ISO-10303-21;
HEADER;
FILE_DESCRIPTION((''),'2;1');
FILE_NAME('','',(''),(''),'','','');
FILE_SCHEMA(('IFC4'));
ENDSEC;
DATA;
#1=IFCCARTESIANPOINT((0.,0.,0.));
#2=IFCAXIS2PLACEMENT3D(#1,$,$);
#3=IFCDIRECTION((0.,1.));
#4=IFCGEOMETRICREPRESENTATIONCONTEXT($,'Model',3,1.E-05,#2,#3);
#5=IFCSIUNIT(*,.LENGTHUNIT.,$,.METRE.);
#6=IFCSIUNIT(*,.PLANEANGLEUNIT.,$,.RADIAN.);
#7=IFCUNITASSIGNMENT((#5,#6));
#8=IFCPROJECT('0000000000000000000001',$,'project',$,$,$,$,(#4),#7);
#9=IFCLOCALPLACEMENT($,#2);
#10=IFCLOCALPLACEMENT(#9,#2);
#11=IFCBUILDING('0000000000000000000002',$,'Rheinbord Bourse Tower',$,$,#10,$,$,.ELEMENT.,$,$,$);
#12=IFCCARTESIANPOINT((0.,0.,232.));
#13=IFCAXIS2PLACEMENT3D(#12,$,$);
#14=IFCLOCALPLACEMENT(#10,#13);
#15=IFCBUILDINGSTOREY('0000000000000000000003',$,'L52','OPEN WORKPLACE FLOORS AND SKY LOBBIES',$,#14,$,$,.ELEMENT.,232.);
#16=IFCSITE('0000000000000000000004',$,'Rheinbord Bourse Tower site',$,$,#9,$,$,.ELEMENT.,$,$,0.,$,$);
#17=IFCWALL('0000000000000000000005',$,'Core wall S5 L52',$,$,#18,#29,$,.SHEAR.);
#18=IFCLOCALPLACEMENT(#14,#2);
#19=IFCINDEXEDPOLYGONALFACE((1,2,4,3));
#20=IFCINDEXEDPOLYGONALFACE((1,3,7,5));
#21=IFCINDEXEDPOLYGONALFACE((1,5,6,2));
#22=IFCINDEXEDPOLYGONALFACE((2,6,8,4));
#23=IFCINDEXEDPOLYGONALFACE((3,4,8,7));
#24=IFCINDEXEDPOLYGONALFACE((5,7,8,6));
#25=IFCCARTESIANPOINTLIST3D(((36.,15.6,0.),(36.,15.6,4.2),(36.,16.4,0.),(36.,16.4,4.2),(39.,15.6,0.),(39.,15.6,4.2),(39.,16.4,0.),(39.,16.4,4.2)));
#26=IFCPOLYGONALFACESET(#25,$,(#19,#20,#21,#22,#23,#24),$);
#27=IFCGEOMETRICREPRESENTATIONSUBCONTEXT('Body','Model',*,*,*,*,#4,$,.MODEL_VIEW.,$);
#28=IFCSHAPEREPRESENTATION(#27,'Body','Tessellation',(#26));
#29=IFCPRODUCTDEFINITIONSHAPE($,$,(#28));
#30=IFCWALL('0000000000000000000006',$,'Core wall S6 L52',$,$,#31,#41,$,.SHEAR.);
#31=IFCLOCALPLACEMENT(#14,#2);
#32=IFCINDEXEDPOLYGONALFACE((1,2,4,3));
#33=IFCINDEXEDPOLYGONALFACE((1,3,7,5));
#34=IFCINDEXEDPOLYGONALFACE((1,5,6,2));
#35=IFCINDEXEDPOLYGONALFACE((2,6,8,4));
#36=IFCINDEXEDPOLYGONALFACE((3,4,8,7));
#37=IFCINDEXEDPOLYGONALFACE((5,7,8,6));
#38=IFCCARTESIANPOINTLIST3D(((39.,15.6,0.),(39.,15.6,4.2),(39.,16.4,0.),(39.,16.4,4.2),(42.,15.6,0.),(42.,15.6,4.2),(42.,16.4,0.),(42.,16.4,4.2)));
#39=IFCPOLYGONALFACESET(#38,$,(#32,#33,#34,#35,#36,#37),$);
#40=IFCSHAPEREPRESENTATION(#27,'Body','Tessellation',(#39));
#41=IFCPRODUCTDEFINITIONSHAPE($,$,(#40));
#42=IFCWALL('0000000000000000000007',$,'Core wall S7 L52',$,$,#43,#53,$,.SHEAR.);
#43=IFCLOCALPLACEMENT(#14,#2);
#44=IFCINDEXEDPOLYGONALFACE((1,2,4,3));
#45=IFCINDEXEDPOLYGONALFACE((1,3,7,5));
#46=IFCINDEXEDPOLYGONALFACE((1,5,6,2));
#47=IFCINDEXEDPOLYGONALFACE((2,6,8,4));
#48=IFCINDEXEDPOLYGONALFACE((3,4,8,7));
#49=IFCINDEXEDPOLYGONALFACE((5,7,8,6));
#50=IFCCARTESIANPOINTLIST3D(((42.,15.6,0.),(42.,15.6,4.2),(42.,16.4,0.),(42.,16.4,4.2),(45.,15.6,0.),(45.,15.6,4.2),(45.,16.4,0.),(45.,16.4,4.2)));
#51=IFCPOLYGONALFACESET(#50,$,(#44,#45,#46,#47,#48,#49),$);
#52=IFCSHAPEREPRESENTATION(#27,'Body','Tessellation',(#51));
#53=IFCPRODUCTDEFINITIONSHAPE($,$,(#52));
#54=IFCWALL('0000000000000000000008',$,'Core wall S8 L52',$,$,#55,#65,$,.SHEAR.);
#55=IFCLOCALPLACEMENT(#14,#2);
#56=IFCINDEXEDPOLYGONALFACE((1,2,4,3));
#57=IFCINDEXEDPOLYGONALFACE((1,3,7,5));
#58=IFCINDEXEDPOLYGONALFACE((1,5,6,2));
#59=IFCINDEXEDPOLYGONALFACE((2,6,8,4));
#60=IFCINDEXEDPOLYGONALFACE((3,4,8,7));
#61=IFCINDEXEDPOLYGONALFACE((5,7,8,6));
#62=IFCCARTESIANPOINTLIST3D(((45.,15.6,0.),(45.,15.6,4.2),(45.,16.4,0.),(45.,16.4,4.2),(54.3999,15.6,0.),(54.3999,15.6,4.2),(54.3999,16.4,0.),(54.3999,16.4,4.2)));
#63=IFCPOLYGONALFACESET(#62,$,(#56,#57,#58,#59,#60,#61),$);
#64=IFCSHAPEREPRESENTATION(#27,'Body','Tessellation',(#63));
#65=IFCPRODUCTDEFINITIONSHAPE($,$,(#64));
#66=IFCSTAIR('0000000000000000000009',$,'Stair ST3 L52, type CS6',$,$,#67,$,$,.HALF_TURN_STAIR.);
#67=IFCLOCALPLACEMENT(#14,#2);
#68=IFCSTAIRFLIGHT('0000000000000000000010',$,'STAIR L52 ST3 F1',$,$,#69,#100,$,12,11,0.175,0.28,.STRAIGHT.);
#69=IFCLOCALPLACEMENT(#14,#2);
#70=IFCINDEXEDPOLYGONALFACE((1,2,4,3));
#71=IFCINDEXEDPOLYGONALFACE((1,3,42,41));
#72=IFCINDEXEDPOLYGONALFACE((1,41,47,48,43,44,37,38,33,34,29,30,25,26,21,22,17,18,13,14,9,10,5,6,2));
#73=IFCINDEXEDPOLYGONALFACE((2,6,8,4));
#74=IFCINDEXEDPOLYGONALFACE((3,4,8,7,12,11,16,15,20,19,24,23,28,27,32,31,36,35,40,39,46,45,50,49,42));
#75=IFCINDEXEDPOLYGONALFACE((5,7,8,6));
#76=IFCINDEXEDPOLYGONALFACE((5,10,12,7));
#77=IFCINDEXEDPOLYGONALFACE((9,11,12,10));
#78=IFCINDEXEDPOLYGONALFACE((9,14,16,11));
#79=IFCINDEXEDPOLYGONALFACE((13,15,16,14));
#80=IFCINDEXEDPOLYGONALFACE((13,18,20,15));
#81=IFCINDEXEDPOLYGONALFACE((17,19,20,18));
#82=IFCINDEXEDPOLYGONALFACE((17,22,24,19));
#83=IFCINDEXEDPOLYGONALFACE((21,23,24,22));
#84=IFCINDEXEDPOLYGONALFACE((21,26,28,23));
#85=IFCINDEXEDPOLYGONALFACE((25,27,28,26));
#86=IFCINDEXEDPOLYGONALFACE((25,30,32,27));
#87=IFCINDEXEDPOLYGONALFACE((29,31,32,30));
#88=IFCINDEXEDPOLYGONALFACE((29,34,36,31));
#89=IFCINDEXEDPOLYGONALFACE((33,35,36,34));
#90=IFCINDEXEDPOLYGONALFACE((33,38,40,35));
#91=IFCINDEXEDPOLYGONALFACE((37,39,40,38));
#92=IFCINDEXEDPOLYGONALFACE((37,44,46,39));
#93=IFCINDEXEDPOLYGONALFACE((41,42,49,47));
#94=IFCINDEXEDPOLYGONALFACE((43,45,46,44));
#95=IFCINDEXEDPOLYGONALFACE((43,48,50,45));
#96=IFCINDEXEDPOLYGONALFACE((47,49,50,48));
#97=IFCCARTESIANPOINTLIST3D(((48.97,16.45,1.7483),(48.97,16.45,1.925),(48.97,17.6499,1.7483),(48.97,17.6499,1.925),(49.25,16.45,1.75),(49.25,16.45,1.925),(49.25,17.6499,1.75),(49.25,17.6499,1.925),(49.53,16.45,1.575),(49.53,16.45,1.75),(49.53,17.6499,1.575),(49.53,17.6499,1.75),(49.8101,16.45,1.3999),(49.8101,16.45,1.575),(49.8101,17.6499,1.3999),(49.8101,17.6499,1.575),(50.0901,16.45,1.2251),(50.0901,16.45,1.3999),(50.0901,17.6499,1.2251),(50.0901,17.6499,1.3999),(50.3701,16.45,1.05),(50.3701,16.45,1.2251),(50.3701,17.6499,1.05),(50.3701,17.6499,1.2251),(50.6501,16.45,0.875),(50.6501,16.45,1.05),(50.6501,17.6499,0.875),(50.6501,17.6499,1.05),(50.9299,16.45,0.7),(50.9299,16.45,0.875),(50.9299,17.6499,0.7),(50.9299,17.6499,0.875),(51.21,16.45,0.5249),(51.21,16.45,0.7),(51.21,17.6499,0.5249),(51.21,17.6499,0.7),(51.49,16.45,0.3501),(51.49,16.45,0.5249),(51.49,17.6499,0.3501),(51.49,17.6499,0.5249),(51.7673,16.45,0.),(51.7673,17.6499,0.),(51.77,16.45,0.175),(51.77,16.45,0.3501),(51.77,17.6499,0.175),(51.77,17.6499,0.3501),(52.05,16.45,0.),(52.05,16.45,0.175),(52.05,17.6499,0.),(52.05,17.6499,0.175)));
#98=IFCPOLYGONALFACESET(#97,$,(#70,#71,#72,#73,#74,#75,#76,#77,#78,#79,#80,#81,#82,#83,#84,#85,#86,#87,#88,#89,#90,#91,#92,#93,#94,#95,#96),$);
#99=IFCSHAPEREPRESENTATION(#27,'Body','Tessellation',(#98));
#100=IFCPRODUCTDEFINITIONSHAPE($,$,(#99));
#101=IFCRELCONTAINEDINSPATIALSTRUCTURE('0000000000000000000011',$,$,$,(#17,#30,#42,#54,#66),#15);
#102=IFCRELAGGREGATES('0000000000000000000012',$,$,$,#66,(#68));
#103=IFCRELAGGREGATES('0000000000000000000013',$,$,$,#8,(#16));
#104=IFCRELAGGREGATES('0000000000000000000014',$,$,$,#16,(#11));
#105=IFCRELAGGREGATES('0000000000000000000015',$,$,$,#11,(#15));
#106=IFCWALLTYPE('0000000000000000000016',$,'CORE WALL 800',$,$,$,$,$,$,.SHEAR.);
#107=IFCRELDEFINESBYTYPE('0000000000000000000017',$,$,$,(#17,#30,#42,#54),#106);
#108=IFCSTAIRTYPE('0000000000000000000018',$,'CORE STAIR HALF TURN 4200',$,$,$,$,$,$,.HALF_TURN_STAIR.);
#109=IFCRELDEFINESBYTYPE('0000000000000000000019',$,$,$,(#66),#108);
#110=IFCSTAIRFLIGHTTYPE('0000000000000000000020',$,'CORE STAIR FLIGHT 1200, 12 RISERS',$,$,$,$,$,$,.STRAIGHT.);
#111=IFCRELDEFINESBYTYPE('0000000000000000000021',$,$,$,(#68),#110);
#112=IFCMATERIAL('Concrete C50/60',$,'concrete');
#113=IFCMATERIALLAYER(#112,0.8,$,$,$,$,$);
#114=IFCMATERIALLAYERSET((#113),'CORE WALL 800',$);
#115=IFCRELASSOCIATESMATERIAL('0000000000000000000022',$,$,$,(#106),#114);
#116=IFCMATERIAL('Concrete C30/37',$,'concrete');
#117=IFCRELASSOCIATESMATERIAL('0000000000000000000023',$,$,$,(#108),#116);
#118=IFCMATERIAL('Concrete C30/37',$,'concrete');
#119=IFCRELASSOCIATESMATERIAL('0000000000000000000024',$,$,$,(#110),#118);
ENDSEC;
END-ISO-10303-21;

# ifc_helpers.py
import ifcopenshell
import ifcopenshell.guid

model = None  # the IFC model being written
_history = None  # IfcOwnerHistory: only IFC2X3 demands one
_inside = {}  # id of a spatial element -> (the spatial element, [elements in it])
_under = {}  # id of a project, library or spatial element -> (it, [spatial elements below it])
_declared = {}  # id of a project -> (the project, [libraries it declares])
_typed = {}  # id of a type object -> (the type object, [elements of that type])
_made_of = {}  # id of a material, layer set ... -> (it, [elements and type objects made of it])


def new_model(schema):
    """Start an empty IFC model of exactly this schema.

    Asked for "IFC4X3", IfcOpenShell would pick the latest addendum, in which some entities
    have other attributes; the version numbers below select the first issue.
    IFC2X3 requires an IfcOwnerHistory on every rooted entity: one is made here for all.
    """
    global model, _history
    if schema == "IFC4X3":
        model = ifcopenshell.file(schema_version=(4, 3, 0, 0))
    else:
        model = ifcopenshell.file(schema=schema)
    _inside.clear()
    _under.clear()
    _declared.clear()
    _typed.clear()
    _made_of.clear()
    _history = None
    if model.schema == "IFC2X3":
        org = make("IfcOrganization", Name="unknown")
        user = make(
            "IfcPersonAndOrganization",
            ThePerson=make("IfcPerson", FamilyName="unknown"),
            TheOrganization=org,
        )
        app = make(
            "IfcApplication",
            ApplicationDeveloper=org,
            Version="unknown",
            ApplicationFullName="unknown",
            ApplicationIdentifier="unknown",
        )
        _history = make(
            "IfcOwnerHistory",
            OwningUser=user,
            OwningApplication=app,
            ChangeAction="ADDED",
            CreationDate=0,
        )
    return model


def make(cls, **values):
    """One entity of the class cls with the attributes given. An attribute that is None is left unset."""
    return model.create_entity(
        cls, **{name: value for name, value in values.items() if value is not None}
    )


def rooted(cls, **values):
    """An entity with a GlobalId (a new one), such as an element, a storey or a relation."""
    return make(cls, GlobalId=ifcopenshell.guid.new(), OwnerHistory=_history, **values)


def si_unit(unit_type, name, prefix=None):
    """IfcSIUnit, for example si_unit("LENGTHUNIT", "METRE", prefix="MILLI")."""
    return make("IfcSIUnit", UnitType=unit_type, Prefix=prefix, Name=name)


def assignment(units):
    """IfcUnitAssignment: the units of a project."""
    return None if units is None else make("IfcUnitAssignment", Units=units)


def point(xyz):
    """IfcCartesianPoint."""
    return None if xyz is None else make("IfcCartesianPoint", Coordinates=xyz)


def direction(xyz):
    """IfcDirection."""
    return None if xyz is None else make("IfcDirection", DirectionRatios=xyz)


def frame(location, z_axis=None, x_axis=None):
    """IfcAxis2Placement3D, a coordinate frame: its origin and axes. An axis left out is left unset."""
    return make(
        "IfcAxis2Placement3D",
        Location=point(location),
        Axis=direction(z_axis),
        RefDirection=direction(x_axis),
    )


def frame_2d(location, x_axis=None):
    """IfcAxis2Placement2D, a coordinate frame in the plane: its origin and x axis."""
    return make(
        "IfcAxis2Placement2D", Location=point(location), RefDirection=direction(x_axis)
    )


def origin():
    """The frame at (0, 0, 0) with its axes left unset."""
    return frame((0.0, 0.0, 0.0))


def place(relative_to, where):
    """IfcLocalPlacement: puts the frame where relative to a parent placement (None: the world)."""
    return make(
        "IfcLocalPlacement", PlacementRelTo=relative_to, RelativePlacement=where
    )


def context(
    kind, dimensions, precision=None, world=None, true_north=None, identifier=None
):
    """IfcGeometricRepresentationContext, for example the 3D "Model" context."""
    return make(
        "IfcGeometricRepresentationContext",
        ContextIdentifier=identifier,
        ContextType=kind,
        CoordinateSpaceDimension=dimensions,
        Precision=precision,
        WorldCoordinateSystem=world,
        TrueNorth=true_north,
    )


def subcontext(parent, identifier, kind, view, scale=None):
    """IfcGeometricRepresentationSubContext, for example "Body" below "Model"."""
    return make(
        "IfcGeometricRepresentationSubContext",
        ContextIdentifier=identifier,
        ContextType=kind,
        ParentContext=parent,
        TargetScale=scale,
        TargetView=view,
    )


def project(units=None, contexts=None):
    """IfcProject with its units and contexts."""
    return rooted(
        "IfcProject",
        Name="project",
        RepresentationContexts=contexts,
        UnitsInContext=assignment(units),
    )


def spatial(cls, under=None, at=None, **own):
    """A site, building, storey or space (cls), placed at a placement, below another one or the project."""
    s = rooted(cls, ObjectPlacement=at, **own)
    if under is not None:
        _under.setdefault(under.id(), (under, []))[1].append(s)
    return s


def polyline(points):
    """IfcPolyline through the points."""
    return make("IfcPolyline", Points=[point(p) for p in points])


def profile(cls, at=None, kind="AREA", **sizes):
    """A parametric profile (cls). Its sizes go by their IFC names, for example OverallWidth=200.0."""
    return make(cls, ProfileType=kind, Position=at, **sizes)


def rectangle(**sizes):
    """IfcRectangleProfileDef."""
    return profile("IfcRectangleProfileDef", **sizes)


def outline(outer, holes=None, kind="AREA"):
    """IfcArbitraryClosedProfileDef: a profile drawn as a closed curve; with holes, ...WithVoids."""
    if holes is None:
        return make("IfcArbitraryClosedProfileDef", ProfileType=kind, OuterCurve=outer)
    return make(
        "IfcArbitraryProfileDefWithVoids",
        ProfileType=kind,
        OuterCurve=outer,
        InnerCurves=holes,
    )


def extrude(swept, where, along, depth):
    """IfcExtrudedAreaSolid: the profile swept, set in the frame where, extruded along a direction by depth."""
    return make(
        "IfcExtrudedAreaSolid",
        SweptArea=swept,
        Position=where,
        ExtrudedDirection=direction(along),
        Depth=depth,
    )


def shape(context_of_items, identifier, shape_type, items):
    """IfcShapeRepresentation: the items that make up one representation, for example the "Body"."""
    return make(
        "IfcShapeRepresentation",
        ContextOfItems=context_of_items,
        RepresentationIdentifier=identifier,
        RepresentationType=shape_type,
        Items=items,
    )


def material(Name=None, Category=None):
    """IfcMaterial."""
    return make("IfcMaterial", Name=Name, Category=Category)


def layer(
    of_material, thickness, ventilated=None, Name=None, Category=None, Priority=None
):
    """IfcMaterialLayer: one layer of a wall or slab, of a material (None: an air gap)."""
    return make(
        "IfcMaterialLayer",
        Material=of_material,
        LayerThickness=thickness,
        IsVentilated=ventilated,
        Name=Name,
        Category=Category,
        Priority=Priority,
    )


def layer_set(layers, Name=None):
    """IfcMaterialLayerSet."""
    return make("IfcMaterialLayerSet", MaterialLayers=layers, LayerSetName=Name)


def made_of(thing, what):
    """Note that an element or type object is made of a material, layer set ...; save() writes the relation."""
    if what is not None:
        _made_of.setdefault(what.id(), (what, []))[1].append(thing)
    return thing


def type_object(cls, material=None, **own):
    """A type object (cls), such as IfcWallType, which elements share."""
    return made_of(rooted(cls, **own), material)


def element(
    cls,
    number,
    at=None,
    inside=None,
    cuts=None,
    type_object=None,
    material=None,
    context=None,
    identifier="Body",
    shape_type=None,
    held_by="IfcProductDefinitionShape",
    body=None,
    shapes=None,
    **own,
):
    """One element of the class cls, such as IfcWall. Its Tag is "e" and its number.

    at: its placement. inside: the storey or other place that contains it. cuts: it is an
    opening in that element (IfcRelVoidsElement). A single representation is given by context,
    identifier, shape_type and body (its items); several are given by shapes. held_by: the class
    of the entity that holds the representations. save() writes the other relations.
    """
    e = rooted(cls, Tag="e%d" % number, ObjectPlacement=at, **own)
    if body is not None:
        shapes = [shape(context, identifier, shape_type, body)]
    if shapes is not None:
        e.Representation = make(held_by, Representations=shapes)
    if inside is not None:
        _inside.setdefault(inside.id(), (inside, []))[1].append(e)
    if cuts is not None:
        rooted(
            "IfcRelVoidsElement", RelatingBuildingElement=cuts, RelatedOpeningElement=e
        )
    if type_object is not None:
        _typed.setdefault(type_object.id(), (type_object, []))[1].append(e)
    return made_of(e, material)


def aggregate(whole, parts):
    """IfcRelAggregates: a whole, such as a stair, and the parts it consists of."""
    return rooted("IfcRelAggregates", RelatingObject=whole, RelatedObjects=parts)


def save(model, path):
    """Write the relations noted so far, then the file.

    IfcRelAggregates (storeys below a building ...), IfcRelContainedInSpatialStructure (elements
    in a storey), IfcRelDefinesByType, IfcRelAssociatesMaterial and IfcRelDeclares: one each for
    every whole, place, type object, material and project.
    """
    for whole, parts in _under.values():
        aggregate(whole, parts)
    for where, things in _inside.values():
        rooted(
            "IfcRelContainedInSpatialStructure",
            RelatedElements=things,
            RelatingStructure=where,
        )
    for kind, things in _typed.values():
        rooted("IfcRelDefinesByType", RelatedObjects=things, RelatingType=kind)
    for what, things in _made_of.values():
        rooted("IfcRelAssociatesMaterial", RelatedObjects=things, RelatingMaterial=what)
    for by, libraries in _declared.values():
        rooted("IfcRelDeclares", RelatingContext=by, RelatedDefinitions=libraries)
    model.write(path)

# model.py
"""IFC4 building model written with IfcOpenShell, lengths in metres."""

from ifc_helpers import new_model, si_unit, direction, frame, frame_2d, origin, place, context, subcontext, project, spatial, polyline, rectangle, outline, extrude, material, layer, layer_set, type_object, element, aggregate, save


model = new_model("IFC4")

# Units and contexts
model_context = context("Model", 3, precision=1e-05, world=origin(), true_north=direction((0.0, 1.0)))
body_context = subcontext(model_context, "Body", "Model", "MODEL_VIEW")
ifc_project = project(units=[si_unit("LENGTHUNIT", "METRE"), si_unit("PLANEANGLEUNIT", "RADIAN")], contexts=[model_context])

# Site, building, storey
site_placement = place(None, origin())
site = spatial("IfcSite", under=ifc_project, at=site_placement, Name="Rheinbord Bourse Tower site", CompositionType="ELEMENT", RefElevation=0.0)
building_placement = place(site_placement, origin())
building = spatial("IfcBuilding", under=site, at=building_placement, Name="Rheinbord Bourse Tower", CompositionType="ELEMENT")
storey_placement = place(building_placement, frame((0.0, 0.0, 232.0)))
storey = spatial("IfcBuildingStorey", under=building, at=storey_placement, Name="L52", Description="OPEN WORKPLACE FLOORS AND SKY LOBBIES", CompositionType="ELEMENT", Elevation=232.0)

# Walls
ifc_material_1 = material(Name="Concrete C50/60", Category="concrete")
ifc_layer_1 = layer(ifc_material_1, 0.8)
ifc_layer_set_1 = layer_set([ifc_layer_1], Name="CORE WALL 800")
wall_type_1 = type_object("IfcWallType", Name="CORE WALL 800", PredefinedType="SHEAR", material=ifc_layer_set_1)
for number, where, z_axis, x_axis, name in (
    (1, (36.0, 16.0, 0.0), (0.0, 0.0, 1.0), (1.0, 0.0, 0.0), "Core wall S5 L52"),
    (2, (39.0, 16.0, 0.0), (0.0, 0.0, 1.0), (1.0, 0.0, 0.0), "Core wall S6 L52"),
    (3, (42.0, 16.0, 0.0), (0.0, 0.0, 1.0), (1.0, 0.0, 0.0), "Core wall S7 L52"),
):
    element("IfcWall", number, at=place(storey_placement, frame(where, z_axis=z_axis, x_axis=x_axis)), inside=storey, type_object=wall_type_1, Name=name, PredefinedType="SHEAR", context=body_context, shape_type="SweptSolid", body=[
        extrude(rectangle(XDim=3.0, YDim=0.8, at=frame_2d((1.5, 0.0))), origin(), (0.0, 0.0, 1.0), 4.2),
    ])
wall_1_placement = place(storey_placement, frame((45.0, 16.0, 0.0), z_axis=(0.0, 0.0, 1.0), x_axis=(1.0, 0.0, 0.0)))
element("IfcWall", 4, at=wall_1_placement, inside=storey, type_object=wall_type_1, Name="Core wall S8 L52", PredefinedType="SHEAR", context=body_context, shape_type="SweptSolid", body=[
    extrude(rectangle(XDim=9.3999, YDim=0.8, at=frame_2d((4.7, 0.0))), origin(), (0.0, 0.0, 1.0), 4.2),
])

# Stair, stair flight
ifc_material_2 = material(Name="Concrete C30/37", Category="concrete")
stair_type = type_object("IfcStairType", Name="CORE STAIR HALF TURN 4200", PredefinedType="HALF_TURN_STAIR", material=ifc_material_2)
stair_placement = place(storey_placement, origin())
stair = element("IfcStair", 5, at=stair_placement, inside=storey, type_object=stair_type, Name="Stair ST3 L52, type CS6", PredefinedType="HALF_TURN_STAIR")
ifc_material_3 = material(Name="Concrete C30/37", Category="concrete")
stair_flight_type = type_object("IfcStairFlightType", Name="CORE STAIR FLIGHT 1200, 12 RISERS", PredefinedType="STRAIGHT", material=ifc_material_3)
stair_flight_placement = place(storey_placement, frame((52.05, 17.05, 0.0), z_axis=(0.0, 0.0, 1.0), x_axis=(-1.0, 0.0, 0.0)))
stair_flight = element("IfcStairFlight", 6, at=stair_flight_placement, type_object=stair_flight_type, Name="STAIR L52 ST3 F1", NumberOfRisers=12, NumberOfTreads=11, PredefinedType="STRAIGHT", RiserHeight=0.175, TreadLength=0.28, context=body_context, shape_type="SweptSolid", body=[
    extrude(outline(polyline([(0.0, 0.0), (0.0, 0.175), (0.28, 0.175), (0.28, 0.3501), (0.5601, 0.3501), (0.5601, 0.5249), (0.8401, 0.5249), (0.8401, 0.7), (1.1201, 0.7), (1.1201, 0.875), (1.3999, 0.875), (1.3999, 1.05), (1.6799, 1.05), (1.6799, 1.2251), (1.96, 1.2251), (1.96, 1.3999), (2.24, 1.3999), (2.24, 1.575), (2.52, 1.575), (2.52, 1.75), (2.8, 1.75), (2.8, 1.925), (3.0801, 1.925), (3.0801, 2.1001), (3.0801, 1.7483), (0.2827, 0.0), (0.0, 0.0)])), frame((0.0, 0.6001, 0.0), z_axis=(0.0, -1.0, 0.0), x_axis=(1.0, 0.0, 0.0)), (0.0, 0.0, 1.0), 1.2),
])
aggregate(stair, [stair_flight])

save(model, "model.ifc")
